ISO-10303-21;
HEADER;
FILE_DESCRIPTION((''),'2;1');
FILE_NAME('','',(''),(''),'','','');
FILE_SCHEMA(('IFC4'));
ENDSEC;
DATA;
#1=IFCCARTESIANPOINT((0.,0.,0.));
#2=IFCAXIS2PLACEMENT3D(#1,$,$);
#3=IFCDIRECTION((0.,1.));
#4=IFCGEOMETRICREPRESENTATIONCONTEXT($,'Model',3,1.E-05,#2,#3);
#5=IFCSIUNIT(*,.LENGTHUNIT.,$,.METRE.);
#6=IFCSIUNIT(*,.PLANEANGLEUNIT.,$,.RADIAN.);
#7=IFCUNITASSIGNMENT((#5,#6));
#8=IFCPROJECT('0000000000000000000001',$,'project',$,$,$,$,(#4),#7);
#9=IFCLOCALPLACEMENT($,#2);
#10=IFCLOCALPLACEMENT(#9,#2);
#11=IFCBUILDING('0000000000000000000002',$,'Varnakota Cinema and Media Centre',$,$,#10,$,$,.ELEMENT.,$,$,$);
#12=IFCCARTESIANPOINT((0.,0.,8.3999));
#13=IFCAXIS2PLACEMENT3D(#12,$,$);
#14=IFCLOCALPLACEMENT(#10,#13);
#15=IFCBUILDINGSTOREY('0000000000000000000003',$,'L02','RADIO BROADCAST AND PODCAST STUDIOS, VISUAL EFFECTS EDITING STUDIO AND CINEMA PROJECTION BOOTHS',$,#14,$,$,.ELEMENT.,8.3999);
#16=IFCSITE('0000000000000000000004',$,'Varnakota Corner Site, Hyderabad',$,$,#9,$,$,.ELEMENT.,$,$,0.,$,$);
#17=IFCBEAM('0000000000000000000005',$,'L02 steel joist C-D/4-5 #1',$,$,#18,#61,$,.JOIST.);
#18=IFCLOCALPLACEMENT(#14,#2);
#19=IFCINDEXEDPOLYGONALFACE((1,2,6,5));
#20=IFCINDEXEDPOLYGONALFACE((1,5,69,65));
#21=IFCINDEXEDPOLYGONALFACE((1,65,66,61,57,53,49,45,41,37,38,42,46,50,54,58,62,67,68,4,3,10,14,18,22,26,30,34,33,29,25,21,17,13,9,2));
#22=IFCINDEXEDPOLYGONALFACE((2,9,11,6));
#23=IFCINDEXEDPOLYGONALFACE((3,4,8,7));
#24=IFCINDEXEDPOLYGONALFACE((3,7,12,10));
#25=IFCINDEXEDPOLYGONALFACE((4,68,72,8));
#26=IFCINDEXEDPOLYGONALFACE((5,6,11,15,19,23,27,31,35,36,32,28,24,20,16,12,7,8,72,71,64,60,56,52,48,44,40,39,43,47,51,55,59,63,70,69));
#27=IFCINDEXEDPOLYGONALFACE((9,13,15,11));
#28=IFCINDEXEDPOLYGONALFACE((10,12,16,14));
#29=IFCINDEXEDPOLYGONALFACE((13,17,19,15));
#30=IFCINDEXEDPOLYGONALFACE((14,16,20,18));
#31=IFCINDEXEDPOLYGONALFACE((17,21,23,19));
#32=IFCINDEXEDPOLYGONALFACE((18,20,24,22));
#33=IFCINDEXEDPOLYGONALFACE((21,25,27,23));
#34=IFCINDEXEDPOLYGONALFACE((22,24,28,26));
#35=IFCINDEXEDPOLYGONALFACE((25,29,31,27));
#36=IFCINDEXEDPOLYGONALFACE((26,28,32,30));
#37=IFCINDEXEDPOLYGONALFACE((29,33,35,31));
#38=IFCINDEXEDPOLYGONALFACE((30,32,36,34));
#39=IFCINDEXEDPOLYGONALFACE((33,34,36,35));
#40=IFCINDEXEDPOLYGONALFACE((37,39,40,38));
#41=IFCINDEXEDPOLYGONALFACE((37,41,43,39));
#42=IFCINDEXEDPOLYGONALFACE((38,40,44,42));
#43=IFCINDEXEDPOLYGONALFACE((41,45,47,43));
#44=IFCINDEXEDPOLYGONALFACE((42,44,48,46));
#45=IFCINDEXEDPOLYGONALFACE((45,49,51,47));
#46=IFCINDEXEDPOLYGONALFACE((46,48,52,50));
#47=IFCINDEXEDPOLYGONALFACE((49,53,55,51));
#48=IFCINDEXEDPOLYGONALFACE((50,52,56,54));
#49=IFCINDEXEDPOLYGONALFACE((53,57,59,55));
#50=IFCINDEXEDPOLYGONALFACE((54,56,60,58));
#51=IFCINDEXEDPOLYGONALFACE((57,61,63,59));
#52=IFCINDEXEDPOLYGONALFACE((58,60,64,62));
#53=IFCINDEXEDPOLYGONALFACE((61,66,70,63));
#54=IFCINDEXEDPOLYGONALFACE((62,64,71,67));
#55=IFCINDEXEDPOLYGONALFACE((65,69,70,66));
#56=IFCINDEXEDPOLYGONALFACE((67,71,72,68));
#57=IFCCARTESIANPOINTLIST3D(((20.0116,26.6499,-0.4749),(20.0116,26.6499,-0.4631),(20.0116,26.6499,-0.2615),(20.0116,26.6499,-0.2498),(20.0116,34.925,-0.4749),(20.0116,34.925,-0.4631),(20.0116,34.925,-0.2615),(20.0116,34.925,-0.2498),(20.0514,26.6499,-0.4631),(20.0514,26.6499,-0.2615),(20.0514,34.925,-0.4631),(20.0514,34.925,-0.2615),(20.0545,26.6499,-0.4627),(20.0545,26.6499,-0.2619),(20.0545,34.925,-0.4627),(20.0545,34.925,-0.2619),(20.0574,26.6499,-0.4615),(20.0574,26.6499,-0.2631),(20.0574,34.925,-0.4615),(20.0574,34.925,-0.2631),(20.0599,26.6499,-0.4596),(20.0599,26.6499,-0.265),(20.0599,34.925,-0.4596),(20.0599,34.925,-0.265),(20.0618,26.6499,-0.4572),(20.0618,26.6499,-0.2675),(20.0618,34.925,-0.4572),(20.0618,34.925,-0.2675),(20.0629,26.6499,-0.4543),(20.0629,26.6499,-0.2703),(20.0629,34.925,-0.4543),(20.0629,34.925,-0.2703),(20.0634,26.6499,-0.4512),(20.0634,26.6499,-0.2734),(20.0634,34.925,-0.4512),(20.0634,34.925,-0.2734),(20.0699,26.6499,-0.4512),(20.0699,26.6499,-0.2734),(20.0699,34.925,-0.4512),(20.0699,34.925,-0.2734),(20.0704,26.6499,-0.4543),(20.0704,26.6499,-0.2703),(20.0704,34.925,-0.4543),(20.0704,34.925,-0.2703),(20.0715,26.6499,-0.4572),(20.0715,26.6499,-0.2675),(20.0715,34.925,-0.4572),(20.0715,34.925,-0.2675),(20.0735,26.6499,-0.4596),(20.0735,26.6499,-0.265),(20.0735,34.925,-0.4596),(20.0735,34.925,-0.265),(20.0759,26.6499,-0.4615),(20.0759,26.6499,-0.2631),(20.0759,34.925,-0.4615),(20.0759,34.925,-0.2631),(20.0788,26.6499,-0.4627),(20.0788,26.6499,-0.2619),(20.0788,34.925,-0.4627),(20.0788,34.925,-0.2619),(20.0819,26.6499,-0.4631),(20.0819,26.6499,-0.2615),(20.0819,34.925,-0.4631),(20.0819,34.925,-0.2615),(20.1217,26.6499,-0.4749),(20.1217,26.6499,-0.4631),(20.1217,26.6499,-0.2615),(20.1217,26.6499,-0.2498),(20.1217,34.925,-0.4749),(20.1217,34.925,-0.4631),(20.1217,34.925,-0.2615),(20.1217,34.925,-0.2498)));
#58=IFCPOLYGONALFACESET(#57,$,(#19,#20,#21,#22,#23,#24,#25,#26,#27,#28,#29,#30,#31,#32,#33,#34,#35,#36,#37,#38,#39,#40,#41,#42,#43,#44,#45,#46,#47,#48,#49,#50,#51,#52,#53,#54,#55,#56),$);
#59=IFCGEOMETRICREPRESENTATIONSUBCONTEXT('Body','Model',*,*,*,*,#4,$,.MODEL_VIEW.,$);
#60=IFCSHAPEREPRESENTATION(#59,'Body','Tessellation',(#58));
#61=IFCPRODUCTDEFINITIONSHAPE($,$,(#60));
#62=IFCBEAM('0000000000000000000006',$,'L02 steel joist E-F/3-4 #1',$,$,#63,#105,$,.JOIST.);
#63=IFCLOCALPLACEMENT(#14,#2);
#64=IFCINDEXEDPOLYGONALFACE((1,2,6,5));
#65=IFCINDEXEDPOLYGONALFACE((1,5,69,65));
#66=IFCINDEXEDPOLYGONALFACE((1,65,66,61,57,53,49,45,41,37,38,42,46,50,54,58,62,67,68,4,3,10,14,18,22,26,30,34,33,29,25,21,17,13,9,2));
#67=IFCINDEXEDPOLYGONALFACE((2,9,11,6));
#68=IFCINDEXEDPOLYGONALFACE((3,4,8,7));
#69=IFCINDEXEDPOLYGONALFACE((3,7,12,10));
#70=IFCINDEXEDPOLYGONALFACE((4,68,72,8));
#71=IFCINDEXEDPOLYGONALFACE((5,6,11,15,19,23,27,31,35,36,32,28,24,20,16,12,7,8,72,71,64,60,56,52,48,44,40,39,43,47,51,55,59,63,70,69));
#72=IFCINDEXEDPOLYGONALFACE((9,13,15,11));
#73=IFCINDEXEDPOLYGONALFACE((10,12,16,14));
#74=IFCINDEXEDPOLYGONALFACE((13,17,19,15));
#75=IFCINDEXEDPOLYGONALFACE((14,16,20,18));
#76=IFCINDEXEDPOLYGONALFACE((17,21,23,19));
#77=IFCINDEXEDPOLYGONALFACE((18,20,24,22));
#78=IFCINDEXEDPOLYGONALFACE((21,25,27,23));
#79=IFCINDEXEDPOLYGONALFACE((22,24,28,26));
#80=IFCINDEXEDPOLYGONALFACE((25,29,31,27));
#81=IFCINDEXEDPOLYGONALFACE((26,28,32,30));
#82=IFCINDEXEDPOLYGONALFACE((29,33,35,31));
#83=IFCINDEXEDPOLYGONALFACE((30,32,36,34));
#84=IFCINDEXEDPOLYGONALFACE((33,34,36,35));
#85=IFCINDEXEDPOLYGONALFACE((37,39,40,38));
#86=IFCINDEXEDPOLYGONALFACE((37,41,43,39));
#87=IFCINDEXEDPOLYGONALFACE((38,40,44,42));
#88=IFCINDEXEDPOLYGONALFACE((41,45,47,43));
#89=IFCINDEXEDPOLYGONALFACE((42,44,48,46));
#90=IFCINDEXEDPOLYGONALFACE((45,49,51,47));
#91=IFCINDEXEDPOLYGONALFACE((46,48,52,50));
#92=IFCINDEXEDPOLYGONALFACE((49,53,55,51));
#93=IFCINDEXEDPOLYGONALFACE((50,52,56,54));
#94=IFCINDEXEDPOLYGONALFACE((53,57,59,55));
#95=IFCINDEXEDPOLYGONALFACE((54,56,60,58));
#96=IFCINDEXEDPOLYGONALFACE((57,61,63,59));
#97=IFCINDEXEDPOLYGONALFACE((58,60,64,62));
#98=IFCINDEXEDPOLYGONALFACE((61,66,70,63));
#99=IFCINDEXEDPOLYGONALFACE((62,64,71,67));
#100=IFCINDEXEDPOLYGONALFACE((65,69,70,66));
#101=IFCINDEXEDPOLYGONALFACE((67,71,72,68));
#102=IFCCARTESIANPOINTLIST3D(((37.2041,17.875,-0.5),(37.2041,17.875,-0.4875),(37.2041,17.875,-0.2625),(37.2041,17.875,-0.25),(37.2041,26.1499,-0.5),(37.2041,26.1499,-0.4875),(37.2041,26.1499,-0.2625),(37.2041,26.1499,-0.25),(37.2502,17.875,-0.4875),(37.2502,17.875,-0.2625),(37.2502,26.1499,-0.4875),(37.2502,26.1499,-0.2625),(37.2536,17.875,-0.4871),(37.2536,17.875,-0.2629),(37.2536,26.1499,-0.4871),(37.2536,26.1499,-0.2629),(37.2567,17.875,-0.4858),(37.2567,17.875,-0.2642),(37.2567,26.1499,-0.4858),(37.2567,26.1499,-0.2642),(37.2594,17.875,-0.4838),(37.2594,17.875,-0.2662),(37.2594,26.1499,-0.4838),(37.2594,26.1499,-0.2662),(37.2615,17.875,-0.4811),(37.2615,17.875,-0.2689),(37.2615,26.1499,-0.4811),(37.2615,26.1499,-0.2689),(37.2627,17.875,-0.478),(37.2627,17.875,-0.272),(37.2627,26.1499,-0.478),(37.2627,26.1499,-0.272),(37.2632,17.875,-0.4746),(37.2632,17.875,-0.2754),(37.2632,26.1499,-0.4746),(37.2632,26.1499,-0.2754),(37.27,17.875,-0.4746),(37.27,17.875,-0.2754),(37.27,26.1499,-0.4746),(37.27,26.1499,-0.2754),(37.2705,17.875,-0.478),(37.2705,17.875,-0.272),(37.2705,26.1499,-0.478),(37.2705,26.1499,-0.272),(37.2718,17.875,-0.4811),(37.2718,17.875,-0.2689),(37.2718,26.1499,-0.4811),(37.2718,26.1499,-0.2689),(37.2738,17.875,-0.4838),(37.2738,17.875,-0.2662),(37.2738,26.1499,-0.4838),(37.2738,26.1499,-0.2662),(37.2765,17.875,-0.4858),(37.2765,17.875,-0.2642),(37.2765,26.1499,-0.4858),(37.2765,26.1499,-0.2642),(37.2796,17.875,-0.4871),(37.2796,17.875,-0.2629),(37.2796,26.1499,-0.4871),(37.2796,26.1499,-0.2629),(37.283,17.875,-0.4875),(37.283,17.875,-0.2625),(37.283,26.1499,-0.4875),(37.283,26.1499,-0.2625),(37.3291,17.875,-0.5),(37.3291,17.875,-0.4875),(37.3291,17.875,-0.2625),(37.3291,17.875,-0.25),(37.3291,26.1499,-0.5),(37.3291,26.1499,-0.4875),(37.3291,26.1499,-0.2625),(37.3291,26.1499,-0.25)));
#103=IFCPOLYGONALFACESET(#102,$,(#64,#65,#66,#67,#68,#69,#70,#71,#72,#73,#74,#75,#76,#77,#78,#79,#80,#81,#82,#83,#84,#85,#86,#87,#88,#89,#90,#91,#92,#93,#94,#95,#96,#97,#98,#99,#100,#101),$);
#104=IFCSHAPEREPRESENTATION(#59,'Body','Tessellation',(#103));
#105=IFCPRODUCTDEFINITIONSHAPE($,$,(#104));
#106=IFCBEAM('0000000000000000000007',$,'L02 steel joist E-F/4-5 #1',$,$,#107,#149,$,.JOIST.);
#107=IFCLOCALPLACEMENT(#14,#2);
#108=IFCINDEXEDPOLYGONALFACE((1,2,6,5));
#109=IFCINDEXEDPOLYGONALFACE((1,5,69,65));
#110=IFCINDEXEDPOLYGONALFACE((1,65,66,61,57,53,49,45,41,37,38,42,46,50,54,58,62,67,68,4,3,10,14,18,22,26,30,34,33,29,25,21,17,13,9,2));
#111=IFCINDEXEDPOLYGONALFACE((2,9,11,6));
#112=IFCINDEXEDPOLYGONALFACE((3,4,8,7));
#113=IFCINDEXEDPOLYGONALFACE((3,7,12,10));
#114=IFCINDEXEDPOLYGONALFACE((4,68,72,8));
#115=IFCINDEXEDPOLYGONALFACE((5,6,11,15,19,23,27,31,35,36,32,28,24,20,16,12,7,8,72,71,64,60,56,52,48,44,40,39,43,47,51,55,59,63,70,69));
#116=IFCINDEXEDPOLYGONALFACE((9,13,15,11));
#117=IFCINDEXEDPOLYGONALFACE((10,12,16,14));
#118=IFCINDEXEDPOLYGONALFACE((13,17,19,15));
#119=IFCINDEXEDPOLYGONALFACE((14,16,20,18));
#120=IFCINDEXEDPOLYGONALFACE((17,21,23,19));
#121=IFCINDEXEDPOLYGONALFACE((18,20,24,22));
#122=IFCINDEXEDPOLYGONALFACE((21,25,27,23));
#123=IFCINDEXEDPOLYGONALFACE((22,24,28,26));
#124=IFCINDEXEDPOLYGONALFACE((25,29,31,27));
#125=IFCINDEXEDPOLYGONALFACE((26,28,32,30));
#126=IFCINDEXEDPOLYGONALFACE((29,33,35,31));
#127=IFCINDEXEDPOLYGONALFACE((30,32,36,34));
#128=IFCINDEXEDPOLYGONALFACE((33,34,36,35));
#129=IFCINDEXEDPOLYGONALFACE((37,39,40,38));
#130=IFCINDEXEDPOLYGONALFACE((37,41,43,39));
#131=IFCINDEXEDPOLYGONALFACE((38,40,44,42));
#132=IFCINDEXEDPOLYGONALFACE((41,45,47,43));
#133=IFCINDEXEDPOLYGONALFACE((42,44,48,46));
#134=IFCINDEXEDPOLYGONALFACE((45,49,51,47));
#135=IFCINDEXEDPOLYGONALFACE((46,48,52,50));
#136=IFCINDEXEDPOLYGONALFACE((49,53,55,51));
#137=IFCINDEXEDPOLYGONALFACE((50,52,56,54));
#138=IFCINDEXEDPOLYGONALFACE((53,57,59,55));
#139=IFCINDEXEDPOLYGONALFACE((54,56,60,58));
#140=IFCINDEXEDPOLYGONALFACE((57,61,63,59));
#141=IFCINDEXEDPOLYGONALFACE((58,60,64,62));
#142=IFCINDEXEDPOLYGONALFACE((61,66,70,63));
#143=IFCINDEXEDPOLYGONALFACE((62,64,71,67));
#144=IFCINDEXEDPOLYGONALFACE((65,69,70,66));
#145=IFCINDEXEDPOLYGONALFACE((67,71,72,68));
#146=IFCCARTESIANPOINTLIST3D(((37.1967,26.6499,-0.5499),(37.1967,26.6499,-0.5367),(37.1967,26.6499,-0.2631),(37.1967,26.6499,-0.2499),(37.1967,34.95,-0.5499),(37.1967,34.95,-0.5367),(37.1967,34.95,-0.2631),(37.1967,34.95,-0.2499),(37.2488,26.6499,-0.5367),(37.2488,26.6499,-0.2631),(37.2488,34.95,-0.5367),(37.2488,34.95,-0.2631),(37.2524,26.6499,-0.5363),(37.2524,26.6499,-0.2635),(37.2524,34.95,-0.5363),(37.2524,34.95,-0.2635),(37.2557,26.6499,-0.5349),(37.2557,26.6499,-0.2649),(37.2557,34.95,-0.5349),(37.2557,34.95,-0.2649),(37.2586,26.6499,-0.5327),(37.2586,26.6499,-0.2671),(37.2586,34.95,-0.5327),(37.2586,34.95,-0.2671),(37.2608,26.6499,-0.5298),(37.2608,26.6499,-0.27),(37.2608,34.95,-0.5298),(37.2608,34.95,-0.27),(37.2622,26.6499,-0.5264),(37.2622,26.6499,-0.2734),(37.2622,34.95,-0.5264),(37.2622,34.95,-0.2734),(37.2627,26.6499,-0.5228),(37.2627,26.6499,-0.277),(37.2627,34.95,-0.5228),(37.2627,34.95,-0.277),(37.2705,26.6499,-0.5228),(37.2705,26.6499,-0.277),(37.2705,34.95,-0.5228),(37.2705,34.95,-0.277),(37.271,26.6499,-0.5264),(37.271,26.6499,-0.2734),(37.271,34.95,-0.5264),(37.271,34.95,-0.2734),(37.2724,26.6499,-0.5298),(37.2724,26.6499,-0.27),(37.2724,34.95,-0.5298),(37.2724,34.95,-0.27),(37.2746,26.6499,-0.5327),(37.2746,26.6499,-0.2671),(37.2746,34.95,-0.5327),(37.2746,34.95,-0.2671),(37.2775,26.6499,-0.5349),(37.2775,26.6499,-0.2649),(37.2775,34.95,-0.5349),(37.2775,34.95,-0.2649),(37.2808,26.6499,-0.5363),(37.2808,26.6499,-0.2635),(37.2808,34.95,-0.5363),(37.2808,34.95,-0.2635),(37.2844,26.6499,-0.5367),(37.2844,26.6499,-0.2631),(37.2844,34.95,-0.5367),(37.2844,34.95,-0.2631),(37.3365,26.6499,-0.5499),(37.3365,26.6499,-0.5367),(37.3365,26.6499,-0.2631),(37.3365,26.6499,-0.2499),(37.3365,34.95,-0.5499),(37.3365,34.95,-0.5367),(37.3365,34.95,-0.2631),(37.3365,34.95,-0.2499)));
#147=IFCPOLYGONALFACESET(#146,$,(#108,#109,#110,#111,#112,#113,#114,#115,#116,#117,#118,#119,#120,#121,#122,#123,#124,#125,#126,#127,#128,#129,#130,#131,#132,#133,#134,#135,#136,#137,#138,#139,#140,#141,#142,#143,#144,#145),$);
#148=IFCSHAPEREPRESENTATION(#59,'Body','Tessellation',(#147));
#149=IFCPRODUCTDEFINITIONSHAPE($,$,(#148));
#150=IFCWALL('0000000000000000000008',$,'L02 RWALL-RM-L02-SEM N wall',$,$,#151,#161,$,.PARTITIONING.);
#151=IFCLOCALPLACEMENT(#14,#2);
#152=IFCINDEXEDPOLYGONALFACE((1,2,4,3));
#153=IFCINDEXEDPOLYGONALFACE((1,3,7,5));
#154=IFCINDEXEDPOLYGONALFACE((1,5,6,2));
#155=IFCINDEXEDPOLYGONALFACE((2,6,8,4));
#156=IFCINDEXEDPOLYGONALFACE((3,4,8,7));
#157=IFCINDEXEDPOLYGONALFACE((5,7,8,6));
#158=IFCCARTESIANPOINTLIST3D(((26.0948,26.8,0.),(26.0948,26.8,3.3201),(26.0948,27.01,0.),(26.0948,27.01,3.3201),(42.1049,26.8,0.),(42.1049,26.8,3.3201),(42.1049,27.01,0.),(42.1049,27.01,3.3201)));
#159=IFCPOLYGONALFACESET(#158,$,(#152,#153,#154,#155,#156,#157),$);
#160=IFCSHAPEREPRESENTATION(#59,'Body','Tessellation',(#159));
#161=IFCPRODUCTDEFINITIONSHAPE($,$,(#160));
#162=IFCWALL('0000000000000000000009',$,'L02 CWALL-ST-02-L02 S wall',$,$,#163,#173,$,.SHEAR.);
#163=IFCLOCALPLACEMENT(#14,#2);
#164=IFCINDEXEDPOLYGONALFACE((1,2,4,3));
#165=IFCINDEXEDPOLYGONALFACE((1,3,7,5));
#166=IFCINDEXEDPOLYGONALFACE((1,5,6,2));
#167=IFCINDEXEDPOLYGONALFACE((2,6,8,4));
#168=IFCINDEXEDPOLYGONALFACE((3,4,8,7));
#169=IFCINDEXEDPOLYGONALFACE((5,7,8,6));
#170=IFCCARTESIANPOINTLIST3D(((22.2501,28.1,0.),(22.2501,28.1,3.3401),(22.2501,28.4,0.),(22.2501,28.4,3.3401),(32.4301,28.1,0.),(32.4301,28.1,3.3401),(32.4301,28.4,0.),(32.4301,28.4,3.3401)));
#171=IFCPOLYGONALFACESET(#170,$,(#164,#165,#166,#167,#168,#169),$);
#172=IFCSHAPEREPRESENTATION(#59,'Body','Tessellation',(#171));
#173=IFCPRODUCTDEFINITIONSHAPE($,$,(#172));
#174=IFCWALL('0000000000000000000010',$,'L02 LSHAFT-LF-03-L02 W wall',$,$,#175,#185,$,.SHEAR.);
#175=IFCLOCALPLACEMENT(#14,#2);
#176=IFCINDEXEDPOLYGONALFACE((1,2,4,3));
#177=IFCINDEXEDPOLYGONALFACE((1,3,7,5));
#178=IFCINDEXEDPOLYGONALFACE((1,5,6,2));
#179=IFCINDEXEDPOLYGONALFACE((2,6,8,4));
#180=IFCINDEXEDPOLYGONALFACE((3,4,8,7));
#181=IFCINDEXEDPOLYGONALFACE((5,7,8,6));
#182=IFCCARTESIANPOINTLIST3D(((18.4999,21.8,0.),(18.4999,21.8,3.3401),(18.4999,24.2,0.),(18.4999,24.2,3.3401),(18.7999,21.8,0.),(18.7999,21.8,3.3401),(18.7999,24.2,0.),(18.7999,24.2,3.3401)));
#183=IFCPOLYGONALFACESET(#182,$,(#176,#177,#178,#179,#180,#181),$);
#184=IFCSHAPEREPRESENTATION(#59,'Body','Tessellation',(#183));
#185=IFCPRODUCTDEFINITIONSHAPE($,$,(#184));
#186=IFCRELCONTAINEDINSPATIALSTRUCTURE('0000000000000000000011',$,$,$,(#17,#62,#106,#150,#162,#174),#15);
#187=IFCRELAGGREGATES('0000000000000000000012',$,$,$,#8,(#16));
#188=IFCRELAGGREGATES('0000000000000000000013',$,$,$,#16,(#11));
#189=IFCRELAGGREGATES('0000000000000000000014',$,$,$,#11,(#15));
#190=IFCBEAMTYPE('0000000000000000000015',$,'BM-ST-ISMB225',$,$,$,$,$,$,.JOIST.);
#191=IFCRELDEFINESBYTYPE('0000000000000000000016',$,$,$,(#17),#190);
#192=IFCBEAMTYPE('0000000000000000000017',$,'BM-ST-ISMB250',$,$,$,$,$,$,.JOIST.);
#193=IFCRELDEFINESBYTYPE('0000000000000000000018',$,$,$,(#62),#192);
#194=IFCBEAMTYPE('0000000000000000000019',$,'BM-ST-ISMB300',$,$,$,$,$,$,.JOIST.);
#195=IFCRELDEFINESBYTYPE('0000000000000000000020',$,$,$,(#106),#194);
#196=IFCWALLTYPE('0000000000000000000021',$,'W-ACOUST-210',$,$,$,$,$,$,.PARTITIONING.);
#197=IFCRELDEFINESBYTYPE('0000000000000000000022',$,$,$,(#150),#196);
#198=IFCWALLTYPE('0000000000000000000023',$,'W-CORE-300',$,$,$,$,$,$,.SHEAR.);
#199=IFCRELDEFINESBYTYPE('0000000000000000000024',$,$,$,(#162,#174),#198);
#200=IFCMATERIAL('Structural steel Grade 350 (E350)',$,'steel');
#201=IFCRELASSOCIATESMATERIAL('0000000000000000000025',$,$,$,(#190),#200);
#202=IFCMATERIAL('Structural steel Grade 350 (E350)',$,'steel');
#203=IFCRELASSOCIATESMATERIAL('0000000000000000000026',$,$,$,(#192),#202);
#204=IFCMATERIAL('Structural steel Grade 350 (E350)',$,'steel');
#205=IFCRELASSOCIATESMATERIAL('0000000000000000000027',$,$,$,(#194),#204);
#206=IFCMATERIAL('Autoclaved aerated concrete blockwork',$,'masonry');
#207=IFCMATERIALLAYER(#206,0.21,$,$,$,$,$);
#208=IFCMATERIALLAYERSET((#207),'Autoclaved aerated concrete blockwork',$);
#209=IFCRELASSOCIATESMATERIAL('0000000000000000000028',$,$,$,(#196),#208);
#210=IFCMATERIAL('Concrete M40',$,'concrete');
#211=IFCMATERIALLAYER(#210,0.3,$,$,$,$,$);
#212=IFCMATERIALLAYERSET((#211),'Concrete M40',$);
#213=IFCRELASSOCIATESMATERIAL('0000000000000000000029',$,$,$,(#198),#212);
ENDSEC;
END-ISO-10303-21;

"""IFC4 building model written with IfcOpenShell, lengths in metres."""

from ifc_helpers import new_model, si_unit, direction, frame, frame_2d, origin, origin_2d, place, context, subcontext, project, spatial, rectangle, i_section, extrude, material, layer, layer_set, material_profile, profile_set, type_object, element, save


model = new_model("IFC4")

# Units and contexts
model_context = context("Model", 3, precision=1e-05, world=origin(), true_north=direction((0.0, 1.0)))
body_context = subcontext(model_context, "Body", "Model", "MODEL_VIEW")
ifc_project = project(units=[si_unit("LENGTHUNIT", "METRE"), si_unit("PLANEANGLEUNIT", "RADIAN")], contexts=[model_context])

# Site, building, storey
site_placement = place(None, origin())
site = spatial("IfcSite", under=ifc_project, at=site_placement, Name="Varnakota Corner Site, Hyderabad", CompositionType="ELEMENT", RefElevation=0.0)
building_placement = place(site_placement, origin())
building = spatial("IfcBuilding", under=site, at=building_placement, Name="Varnakota Cinema and Media Centre", CompositionType="ELEMENT")
storey_placement = place(building_placement, frame((0.0, 0.0, 8.3999)))
storey = spatial("IfcBuildingStorey", under=building, at=storey_placement, Name="L02", Description="RADIO BROADCAST AND PODCAST STUDIOS, VISUAL EFFECTS EDITING STUDIO AND CINEMA PROJECTION BOOTHS", CompositionType="ELEMENT", Elevation=8.3999)

# Beams
ifc_material_1 = material(Name="Structural steel Grade 350 (E350)", Category="steel")
ifc_material_profile_1 = material_profile(ifc_material_1, i_section(OverallWidth=0.1101, OverallDepth=0.2251, WebThickness=0.0066, FlangeThickness=0.0117, FilletRadius=0.012, at=origin_2d()), Name="ISMB 225")
ifc_profile_set_1 = profile_set([ifc_material_profile_1], Name="Structural steel Grade 350 (E350)")
beam_type_1 = type_object("IfcBeamType", Name="BM-ST-ISMB225", PredefinedType="JOIST", material=ifc_profile_set_1)
beam_1_placement = place(storey_placement, frame((20.0667, 26.6499, -0.3623), z_axis=(0.0, 1.0, 0.0), x_axis=(-1.0, 0.0, 0.0)))
element("IfcBeam", 1, at=beam_1_placement, inside=storey, type_object=beam_type_1, Name="L02 steel joist C-D/4-5 #1", PredefinedType="JOIST", context=body_context, shape_type="SweptSolid", body=[
    extrude(i_section(OverallWidth=0.1101, OverallDepth=0.2251, WebThickness=0.0066, FlangeThickness=0.0117, FilletRadius=0.012, at=origin_2d()), origin(), (0.0, 0.0, 1.0), 8.2751),
])
ifc_material_2 = material(Name="Structural steel Grade 350 (E350)", Category="steel")
ifc_material_profile_2 = material_profile(ifc_material_2, i_section(OverallWidth=0.125, OverallDepth=0.25, WebThickness=0.0068, FlangeThickness=0.0125, FilletRadius=0.0129, at=origin_2d()), Name="ISMB 250")
ifc_profile_set_2 = profile_set([ifc_material_profile_2], Name="Structural steel Grade 350 (E350)")
beam_type_2 = type_object("IfcBeamType", Name="BM-ST-ISMB250", PredefinedType="JOIST", material=ifc_profile_set_2)
beam_2_placement = place(storey_placement, frame((37.2666, 17.875, -0.375), z_axis=(0.0, 1.0, 0.0), x_axis=(-1.0, 0.0, 0.0)))
element("IfcBeam", 2, at=beam_2_placement, inside=storey, type_object=beam_type_2, Name="L02 steel joist E-F/3-4 #1", PredefinedType="JOIST", context=body_context, shape_type="SweptSolid", body=[
    extrude(i_section(OverallWidth=0.125, OverallDepth=0.25, WebThickness=0.0068, FlangeThickness=0.0125, FilletRadius=0.0129, at=origin_2d()), origin(), (0.0, 0.0, 1.0), 8.2749),
])
ifc_material_3 = material(Name="Structural steel Grade 350 (E350)", Category="steel")
ifc_material_profile_3 = material_profile(ifc_material_3, i_section(OverallWidth=0.1399, OverallDepth=0.3, WebThickness=0.0078, FlangeThickness=0.0132, FilletRadius=0.0139, at=origin_2d()), Name="ISMB 300")
ifc_profile_set_3 = profile_set([ifc_material_profile_3], Name="Structural steel Grade 350 (E350)")
beam_type_3 = type_object("IfcBeamType", Name="BM-ST-ISMB300", PredefinedType="JOIST", material=ifc_profile_set_3)
beam_3_placement = place(storey_placement, frame((37.2666, 26.6499, -0.3999), z_axis=(0.0, 1.0, 0.0), x_axis=(-1.0, 0.0, 0.0)))
element("IfcBeam", 3, at=beam_3_placement, inside=storey, type_object=beam_type_3, Name="L02 steel joist E-F/4-5 #1", PredefinedType="JOIST", context=body_context, shape_type="SweptSolid", body=[
    extrude(i_section(OverallWidth=0.1399, OverallDepth=0.3, WebThickness=0.0078, FlangeThickness=0.0132, FilletRadius=0.0139, at=origin_2d()), origin(), (0.0, 0.0, 1.0), 8.3),
])

# Shared definitions
ifc_material_4 = material(Name="Autoclaved aerated concrete blockwork", Category="masonry")
ifc_layer_1 = layer(ifc_material_4, 0.21)
ifc_layer_set_1 = layer_set([ifc_layer_1], Name="Autoclaved aerated concrete blockwork")
wall_type_1 = type_object("IfcWallType", Name="W-ACOUST-210", PredefinedType="PARTITIONING", material=ifc_layer_set_1)

# Walls
wall_1_placement = place(storey_placement, frame((26.095, 26.905, 0.0), z_axis=(0.0, 0.0, 1.0), x_axis=(1.0, 0.0, 0.0)))
element("IfcWall", 4, at=wall_1_placement, inside=storey, type_object=wall_type_1, Name="L02 RWALL-RM-L02-SEM N wall", PredefinedType="PARTITIONING", context=body_context, shape_type="SweptSolid", body=[
    extrude(rectangle(XDim=16.01, YDim=0.21, at=frame_2d((8.0049, 0.0))), origin(), (0.0, 0.0, 1.0), 3.3201),
])
ifc_material_5 = material(Name="Concrete M40", Category="concrete")
ifc_layer_2 = layer(ifc_material_5, 0.3)
ifc_layer_set_2 = layer_set([ifc_layer_2], Name="Concrete M40")
wall_type_2 = type_object("IfcWallType", Name="W-CORE-300", PredefinedType="SHEAR", material=ifc_layer_set_2)
wall_2_placement = place(storey_placement, frame((32.4299, 28.25, 0.0), z_axis=(0.0, 0.0, 1.0), x_axis=(-1.0, 0.0, 0.0)))
element("IfcWall", 5, at=wall_2_placement, inside=storey, type_object=wall_type_2, Name="L02 CWALL-ST-02-L02 S wall", PredefinedType="SHEAR", context=body_context, shape_type="SweptSolid", body=[
    extrude(rectangle(XDim=10.1799, YDim=0.3, at=frame_2d((5.0898, 0.0))), origin(), (0.0, 0.0, 1.0), 3.3401),
])

# Wall
wall_3_placement = place(storey_placement, frame((18.6499, 21.8, 0.0), z_axis=(0.0, 0.0, 1.0), x_axis=(0.0, 1.0, 0.0)))
element("IfcWall", 6, at=wall_3_placement, inside=storey, type_object=wall_type_2, Name="L02 LSHAFT-LF-03-L02 W wall", PredefinedType="SHEAR", context=body_context, shape_type="SweptSolid", body=[
    extrude(rectangle(XDim=2.3999, YDim=0.3, at=frame_2d((1.2, 0.0))), origin(), (0.0, 0.0, 1.0), 3.3401),
])

save(model, "model.ifc")
